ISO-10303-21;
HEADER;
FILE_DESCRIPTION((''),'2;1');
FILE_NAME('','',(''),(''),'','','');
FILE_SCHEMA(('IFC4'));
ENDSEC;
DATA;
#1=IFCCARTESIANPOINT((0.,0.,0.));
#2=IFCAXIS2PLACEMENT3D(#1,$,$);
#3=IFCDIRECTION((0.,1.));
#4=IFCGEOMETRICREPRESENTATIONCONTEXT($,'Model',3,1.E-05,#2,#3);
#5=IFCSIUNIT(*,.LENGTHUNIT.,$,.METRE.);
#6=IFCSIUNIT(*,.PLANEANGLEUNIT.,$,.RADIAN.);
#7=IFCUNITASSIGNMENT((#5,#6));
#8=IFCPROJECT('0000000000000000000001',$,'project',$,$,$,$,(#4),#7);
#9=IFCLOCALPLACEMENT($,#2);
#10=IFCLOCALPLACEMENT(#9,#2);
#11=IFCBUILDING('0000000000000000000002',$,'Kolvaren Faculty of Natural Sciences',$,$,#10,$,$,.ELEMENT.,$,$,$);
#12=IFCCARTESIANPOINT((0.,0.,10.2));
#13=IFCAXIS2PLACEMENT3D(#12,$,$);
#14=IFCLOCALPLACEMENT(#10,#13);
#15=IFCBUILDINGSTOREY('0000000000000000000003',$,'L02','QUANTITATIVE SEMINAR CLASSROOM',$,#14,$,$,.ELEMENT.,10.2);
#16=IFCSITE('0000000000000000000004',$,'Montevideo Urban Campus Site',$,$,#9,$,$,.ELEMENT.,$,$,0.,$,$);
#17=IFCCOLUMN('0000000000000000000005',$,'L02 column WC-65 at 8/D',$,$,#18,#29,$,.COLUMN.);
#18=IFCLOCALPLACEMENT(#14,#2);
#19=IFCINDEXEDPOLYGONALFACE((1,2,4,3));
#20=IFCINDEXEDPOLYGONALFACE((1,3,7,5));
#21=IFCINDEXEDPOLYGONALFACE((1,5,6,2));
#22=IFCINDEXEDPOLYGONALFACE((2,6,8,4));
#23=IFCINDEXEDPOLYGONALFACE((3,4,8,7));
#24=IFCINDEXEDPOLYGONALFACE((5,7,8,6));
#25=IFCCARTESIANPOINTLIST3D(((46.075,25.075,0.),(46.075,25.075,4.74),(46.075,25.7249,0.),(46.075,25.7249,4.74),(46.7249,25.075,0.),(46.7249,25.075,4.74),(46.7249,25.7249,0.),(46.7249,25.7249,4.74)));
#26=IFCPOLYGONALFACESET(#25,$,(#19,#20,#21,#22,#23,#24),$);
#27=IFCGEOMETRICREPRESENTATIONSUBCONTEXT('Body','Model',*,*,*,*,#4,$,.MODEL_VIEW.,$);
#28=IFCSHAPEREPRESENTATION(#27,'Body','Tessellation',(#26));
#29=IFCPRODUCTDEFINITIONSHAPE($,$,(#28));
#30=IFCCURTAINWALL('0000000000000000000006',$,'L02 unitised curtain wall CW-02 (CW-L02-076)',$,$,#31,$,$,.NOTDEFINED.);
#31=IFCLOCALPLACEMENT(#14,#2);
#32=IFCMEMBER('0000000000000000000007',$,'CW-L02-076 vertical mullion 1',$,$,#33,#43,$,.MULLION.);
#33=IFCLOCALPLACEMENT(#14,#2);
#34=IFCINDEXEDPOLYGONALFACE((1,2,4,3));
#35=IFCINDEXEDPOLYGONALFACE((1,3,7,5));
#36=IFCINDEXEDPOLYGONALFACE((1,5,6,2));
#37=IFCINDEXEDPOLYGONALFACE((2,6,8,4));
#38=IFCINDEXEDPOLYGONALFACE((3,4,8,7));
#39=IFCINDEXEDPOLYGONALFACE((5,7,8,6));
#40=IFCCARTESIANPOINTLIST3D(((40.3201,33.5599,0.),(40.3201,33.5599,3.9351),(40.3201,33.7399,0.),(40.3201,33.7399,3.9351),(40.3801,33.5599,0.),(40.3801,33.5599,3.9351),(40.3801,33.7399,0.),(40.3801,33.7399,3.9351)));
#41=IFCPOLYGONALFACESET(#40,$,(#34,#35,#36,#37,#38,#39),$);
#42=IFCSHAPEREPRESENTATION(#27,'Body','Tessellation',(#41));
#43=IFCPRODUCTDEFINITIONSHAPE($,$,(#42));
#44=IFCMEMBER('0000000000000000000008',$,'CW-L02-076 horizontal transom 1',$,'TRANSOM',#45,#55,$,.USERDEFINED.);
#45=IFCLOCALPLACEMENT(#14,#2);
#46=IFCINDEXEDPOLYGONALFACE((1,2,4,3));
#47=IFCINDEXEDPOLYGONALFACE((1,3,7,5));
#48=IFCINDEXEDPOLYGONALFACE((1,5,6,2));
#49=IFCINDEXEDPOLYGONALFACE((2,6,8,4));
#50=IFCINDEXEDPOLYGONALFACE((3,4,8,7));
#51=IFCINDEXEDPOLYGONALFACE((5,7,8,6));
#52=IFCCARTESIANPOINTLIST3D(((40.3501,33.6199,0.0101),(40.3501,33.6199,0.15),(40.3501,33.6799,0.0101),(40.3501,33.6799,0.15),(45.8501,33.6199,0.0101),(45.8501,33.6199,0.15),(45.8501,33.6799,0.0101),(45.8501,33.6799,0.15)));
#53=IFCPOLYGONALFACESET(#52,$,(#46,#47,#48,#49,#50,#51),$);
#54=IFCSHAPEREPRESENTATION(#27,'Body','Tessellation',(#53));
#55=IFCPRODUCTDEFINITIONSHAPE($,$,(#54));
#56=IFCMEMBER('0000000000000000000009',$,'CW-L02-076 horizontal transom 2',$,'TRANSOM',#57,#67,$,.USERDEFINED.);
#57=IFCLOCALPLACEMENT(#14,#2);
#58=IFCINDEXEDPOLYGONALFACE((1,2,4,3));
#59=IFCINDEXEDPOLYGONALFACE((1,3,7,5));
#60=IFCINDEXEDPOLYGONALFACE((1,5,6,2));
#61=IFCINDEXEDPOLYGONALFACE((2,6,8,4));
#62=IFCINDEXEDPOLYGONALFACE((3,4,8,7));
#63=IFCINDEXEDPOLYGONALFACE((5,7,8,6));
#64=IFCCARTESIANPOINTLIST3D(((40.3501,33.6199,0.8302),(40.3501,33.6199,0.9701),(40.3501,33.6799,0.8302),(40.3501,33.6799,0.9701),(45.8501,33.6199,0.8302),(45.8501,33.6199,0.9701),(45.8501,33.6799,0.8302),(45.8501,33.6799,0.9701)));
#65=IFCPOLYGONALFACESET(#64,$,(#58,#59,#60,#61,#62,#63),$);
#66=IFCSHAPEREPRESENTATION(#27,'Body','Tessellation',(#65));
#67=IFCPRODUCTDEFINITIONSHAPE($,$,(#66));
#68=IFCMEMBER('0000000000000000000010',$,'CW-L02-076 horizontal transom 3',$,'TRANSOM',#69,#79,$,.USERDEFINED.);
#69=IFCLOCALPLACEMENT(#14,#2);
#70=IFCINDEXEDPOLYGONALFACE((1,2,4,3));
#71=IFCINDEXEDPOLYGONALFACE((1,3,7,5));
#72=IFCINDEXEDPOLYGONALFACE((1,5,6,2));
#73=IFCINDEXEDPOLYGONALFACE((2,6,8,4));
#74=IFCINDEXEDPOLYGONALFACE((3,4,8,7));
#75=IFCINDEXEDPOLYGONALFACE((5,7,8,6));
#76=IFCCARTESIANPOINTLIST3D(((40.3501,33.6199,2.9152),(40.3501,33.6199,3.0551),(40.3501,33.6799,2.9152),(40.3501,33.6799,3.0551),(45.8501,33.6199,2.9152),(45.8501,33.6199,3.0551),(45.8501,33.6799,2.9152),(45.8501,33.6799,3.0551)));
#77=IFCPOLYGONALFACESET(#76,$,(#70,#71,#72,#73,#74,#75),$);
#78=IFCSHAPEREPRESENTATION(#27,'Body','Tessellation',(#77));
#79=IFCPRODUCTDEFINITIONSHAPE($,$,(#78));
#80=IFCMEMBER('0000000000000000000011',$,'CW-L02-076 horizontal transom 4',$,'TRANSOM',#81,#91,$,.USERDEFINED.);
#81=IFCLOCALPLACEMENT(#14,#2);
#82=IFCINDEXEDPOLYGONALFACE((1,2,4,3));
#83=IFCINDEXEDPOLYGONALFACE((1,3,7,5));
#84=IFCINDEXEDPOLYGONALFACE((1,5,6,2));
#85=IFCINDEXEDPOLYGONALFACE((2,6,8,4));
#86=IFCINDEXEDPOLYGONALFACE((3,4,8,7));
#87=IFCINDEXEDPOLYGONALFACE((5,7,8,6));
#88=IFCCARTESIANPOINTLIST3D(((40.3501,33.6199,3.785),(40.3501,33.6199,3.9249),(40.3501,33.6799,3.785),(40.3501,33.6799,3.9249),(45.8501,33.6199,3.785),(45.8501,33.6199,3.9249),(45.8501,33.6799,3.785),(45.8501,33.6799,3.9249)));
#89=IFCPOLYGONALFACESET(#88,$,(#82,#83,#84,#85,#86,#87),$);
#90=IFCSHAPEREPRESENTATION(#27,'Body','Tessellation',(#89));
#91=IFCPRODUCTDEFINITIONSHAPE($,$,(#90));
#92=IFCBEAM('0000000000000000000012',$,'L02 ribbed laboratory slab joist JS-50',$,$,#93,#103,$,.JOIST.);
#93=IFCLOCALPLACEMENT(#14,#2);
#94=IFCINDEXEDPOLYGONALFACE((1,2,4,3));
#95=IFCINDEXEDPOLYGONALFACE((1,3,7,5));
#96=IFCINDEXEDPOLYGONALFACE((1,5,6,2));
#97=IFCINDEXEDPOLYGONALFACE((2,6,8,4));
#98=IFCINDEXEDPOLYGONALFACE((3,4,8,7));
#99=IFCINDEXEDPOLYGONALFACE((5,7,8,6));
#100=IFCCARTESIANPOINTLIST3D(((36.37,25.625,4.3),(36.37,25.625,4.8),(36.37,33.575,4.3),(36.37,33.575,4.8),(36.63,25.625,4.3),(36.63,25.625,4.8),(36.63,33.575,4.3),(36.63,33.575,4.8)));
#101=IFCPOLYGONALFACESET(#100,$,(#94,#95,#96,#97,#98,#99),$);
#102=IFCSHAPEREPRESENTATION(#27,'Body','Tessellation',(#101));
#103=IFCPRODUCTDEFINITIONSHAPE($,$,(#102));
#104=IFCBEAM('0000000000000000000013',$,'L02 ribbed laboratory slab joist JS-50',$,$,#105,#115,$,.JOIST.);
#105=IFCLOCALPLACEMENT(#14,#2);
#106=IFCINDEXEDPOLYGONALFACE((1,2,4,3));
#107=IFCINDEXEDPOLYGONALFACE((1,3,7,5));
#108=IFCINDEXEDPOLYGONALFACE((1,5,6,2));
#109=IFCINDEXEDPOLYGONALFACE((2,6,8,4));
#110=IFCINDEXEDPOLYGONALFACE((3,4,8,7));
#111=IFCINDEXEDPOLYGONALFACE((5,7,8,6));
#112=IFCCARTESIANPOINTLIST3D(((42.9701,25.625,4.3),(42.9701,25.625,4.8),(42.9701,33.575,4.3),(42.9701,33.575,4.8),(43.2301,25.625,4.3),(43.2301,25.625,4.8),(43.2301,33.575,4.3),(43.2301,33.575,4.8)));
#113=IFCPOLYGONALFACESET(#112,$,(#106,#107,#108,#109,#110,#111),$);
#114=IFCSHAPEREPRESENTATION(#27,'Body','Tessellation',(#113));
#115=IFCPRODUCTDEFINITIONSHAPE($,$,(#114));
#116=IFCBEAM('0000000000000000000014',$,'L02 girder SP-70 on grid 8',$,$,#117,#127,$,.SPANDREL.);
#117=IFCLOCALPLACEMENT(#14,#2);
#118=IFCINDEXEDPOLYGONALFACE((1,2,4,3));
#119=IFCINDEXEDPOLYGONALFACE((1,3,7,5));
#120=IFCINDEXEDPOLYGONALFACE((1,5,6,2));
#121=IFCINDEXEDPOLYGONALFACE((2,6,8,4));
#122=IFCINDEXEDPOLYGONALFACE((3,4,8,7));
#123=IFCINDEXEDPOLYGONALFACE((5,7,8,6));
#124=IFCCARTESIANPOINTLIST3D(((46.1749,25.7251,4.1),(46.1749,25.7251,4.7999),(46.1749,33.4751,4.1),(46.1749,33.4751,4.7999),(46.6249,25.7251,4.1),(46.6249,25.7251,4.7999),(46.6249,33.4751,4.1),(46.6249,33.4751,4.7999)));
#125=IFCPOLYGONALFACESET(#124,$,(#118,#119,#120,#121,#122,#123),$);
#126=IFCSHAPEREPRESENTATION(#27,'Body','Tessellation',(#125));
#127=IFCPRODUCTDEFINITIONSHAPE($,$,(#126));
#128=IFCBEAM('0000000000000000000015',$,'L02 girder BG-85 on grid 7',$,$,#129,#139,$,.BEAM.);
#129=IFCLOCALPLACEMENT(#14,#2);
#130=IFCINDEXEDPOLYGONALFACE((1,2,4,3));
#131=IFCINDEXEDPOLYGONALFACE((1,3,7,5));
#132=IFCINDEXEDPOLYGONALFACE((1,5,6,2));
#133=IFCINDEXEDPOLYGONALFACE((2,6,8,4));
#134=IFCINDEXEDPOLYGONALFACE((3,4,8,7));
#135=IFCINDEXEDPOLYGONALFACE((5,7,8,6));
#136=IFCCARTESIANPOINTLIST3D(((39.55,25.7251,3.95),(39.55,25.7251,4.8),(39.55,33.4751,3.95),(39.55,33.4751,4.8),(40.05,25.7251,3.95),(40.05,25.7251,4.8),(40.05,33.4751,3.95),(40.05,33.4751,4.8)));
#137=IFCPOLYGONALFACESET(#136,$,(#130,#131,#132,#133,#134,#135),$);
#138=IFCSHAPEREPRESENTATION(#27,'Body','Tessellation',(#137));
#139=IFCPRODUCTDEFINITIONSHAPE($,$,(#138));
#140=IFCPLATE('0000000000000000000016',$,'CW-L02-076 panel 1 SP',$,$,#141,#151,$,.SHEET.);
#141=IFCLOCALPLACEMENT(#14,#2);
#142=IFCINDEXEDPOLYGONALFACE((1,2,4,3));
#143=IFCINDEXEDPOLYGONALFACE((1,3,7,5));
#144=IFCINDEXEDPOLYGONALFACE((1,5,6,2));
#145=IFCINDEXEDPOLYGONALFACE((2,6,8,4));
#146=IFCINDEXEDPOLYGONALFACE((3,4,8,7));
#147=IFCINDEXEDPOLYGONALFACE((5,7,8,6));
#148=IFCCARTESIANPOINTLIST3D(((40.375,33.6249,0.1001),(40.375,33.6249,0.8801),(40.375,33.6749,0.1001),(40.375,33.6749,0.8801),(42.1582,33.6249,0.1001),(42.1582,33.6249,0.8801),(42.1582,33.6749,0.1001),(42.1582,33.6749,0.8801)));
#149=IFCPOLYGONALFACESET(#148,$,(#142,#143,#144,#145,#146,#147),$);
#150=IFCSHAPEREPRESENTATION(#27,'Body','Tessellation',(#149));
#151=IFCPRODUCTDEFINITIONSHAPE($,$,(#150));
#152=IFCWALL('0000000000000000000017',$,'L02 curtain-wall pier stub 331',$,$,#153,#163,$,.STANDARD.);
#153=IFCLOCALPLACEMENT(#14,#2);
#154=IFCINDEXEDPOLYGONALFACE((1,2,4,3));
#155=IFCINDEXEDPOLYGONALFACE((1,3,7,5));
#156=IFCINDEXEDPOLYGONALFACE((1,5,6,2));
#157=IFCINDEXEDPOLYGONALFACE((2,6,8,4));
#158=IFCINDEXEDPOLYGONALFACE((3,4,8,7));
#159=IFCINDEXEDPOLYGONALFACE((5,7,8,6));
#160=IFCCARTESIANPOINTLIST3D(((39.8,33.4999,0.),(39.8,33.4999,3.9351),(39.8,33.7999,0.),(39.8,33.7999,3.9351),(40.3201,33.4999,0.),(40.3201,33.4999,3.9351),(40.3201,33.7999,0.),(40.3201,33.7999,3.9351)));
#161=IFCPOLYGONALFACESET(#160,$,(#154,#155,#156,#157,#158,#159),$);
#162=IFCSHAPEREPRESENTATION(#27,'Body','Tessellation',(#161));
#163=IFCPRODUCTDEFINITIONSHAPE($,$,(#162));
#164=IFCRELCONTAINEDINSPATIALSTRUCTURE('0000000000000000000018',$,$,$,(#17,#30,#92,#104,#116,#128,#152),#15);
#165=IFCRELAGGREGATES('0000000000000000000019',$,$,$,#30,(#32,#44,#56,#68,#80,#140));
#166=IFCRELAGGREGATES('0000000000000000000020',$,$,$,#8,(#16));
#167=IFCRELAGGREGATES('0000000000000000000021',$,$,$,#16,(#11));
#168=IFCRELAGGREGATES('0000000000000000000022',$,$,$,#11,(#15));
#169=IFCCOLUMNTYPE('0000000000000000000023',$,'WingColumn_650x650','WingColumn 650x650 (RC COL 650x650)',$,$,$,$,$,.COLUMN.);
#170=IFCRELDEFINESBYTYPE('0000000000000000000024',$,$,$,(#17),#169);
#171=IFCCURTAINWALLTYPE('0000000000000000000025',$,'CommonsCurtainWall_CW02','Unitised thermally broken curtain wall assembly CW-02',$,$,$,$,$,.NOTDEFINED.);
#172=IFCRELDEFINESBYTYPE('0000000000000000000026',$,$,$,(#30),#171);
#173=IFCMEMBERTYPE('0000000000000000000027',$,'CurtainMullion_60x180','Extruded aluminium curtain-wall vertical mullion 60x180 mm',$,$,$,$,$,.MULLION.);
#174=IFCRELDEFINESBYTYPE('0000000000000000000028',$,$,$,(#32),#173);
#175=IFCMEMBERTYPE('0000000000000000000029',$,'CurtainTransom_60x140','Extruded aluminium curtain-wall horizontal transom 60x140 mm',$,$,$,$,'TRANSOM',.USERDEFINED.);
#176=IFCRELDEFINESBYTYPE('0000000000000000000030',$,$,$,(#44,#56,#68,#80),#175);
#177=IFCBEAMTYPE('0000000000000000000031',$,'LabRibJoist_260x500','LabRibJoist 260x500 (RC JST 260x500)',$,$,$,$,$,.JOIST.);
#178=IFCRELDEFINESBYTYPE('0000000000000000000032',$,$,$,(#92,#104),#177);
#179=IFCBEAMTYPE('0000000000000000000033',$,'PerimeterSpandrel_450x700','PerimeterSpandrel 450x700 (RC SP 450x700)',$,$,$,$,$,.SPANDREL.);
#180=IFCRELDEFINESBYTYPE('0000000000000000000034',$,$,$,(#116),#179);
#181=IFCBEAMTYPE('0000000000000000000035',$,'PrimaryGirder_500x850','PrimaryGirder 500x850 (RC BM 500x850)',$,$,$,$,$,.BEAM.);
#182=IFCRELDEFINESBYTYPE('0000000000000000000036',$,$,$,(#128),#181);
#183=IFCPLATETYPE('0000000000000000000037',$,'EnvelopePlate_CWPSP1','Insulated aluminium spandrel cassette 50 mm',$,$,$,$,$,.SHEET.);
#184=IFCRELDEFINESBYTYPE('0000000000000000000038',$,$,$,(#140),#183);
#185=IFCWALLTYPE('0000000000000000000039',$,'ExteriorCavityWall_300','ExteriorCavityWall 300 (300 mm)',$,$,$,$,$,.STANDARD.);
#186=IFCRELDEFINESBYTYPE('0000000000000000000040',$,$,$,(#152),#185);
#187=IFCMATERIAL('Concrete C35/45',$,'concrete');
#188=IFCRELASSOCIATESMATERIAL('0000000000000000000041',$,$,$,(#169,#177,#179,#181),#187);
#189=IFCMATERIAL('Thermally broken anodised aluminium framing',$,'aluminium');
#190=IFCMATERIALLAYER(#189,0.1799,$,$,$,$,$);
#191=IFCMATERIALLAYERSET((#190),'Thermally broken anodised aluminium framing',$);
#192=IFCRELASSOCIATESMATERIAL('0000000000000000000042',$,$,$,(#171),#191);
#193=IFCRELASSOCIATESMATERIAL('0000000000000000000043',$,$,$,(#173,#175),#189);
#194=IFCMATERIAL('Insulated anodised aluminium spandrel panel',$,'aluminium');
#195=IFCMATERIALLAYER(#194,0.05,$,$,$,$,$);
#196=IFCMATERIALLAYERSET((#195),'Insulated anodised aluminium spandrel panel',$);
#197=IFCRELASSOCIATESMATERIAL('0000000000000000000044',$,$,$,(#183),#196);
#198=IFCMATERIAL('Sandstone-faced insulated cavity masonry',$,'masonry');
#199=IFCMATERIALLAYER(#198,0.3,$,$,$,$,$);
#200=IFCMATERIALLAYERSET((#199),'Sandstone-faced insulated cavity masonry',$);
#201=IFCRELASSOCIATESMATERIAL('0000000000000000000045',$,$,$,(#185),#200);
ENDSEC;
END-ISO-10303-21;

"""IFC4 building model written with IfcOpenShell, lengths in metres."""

from ifc_helpers import new_model, si_unit, direction, frame, frame_2d, origin, origin_2d, place, context, subcontext, project, spatial, rectangle, extrude, material, layer, layer_set, material_profile, profile_set, type_object, element, aggregate, save


model = new_model("IFC4")

# Units and contexts
model_context = context("Model", 3, precision=1e-05, world=origin(), true_north=direction((0.0, 1.0)))
body_context = subcontext(model_context, "Body", "Model", "MODEL_VIEW")
ifc_project = project(units=[si_unit("LENGTHUNIT", "METRE"), si_unit("PLANEANGLEUNIT", "RADIAN")], contexts=[model_context])

# Site, building, storey
site_placement = place(None, origin())
site = spatial("IfcSite", under=ifc_project, at=site_placement, Name="Montevideo Urban Campus Site", CompositionType="ELEMENT", RefElevation=0.0)
building_placement = place(site_placement, origin())
building = spatial("IfcBuilding", under=site, at=building_placement, Name="Kolvaren Faculty of Natural Sciences", CompositionType="ELEMENT")
storey_placement = place(building_placement, frame((0.0, 0.0, 10.2)))
storey = spatial("IfcBuildingStorey", under=building, at=storey_placement, Name="L02", Description="QUANTITATIVE SEMINAR CLASSROOM", CompositionType="ELEMENT", Elevation=10.2)

# Column
ifc_material_1 = material(Name="Concrete C35/45", Category="concrete")
ifc_material_profile_1 = material_profile(ifc_material_1, rectangle(XDim=0.6499, YDim=0.6499, at=origin_2d()), Name="RC COL 650x650")
ifc_profile_set_1 = profile_set([ifc_material_profile_1], Name="Concrete C35/45")
column_type = type_object("IfcColumnType", Name="WingColumn_650x650", Description="WingColumn 650x650 (RC COL 650x650)", PredefinedType="COLUMN", material=ifc_profile_set_1)
column_placement = place(storey_placement, frame((46.3999, 25.3999, 0.0), z_axis=(0.0, 0.0, 1.0), x_axis=(1.0, 0.0, 0.0)))
element("IfcColumn", 1, at=column_placement, inside=storey, type_object=column_type, Name="L02 column WC-65 at 8/D", PredefinedType="COLUMN", context=body_context, shape_type="SweptSolid", body=[
    extrude(rectangle(XDim=0.6499, YDim=0.6499, at=origin_2d()), origin(), (0.0, 0.0, 1.0), 4.74),
])

# Curtain wall, members
ifc_material_2 = material(Name="Thermally broken anodised aluminium framing", Category="aluminium")
ifc_layer_1 = layer(ifc_material_2, 0.1799)
ifc_layer_set_1 = layer_set([ifc_layer_1], Name="Thermally broken anodised aluminium framing")
curtain_wall_type = type_object("IfcCurtainWallType", Name="CommonsCurtainWall_CW02", Description="Unitised thermally broken curtain wall assembly CW-02", PredefinedType="NOTDEFINED", material=ifc_layer_set_1)
curtain_wall_placement = place(storey_placement, origin())
curtain_wall = element("IfcCurtainWall", 2, at=curtain_wall_placement, inside=storey, type_object=curtain_wall_type, Name="L02 unitised curtain wall CW-02 (CW-L02-076)", PredefinedType="NOTDEFINED")
ifc_material_profile_2 = material_profile(ifc_material_2, rectangle(XDim=0.0601, YDim=0.1799, at=origin_2d()), Name="ALU MUL 60x180")
ifc_profile_set_2 = profile_set([ifc_material_profile_2], Name="Thermally broken anodised aluminium framing")
member_type_1 = type_object("IfcMemberType", Name="CurtainMullion_60x180", Description="Extruded aluminium curtain-wall vertical mullion 60x180 mm", PredefinedType="MULLION", material=ifc_profile_set_2)
member_1_placement = place(storey_placement, frame((40.3501, 33.6499, 0.0), z_axis=(0.0, 0.0, 1.0), x_axis=(1.0, 0.0, 0.0)))
member_1 = element("IfcMember", 3, at=member_1_placement, type_object=member_type_1, Name="CW-L02-076 vertical mullion 1", PredefinedType="MULLION", context=body_context, shape_type="SweptSolid", body=[
    extrude(rectangle(XDim=0.0601, YDim=0.1799, at=origin_2d()), origin(), (0.0, 0.0, 1.0), 3.9351),
])
ifc_material_profile_3 = material_profile(ifc_material_2, rectangle(XDim=0.0601, YDim=0.1399, at=origin_2d()), Name="ALU TRN 60x140")
ifc_profile_set_3 = profile_set([ifc_material_profile_3], Name="Thermally broken anodised aluminium framing")
member_type_2 = type_object("IfcMemberType", Name="CurtainTransom_60x140", Description="Extruded aluminium curtain-wall horizontal transom 60x140 mm", ElementType="TRANSOM", PredefinedType="USERDEFINED", material=ifc_profile_set_3)
member_2_placement = place(storey_placement, frame((40.3501, 33.6499, 0.0801), z_axis=(1.0, 0.0, 0.0), x_axis=(0.0, 1.0, 0.0)))
member_2 = element("IfcMember", 4, at=member_2_placement, type_object=member_type_2, Name="CW-L02-076 horizontal transom 1", ObjectType="TRANSOM", PredefinedType="USERDEFINED", context=body_context, shape_type="SweptSolid", body=[
    extrude(rectangle(XDim=0.0601, YDim=0.1399, at=origin_2d()), origin(), (0.0, 0.0, 1.0), 5.5),
])
member_3_placement = place(storey_placement, frame((40.3501, 33.6499, 0.9001), z_axis=(1.0, 0.0, 0.0), x_axis=(0.0, 1.0, 0.0)))
member_3 = element("IfcMember", 5, at=member_3_placement, type_object=member_type_2, Name="CW-L02-076 horizontal transom 2", ObjectType="TRANSOM", PredefinedType="USERDEFINED", context=body_context, shape_type="SweptSolid", body=[
    extrude(rectangle(XDim=0.0601, YDim=0.1399, at=origin_2d()), origin(), (0.0, 0.0, 1.0), 5.5),
])
member_4_placement = place(storey_placement, frame((40.3501, 33.6499, 2.9851), z_axis=(1.0, 0.0, 0.0), x_axis=(0.0, 1.0, 0.0)))
member_4 = element("IfcMember", 6, at=member_4_placement, type_object=member_type_2, Name="CW-L02-076 horizontal transom 3", ObjectType="TRANSOM", PredefinedType="USERDEFINED", context=body_context, shape_type="SweptSolid", body=[
    extrude(rectangle(XDim=0.0601, YDim=0.1399, at=origin_2d()), origin(), (0.0, 0.0, 1.0), 5.5),
])
member_5_placement = place(storey_placement, frame((40.3501, 33.6499, 3.855), z_axis=(1.0, 0.0, 0.0), x_axis=(0.0, 1.0, 0.0)))
member_5 = element("IfcMember", 7, at=member_5_placement, type_object=member_type_2, Name="CW-L02-076 horizontal transom 4", ObjectType="TRANSOM", PredefinedType="USERDEFINED", context=body_context, shape_type="SweptSolid", body=[
    extrude(rectangle(XDim=0.0601, YDim=0.1399, at=origin_2d()), origin(), (0.0, 0.0, 1.0), 5.5),
])

# Beams
ifc_material_profile_4 = material_profile(ifc_material_1, rectangle(XDim=0.26, YDim=0.5, at=origin_2d()), Name="RC JST 260x500")
ifc_profile_set_4 = profile_set([ifc_material_profile_4], Name="Concrete C35/45")
beam_type_1 = type_object("IfcBeamType", Name="LabRibJoist_260x500", Description="LabRibJoist 260x500 (RC JST 260x500)", PredefinedType="JOIST", material=ifc_profile_set_4)
for number, where, z_axis, x_axis, name in (
    (8, (36.5, 25.625, 4.55), (0.0, 1.0, 0.0), (-1.0, 0.0, 0.0), "L02 ribbed laboratory slab joist JS-50"),
    (9, (43.1001, 25.625, 4.55), (0.0, 1.0, 0.0), (-1.0, 0.0, 0.0), "L02 ribbed laboratory slab joist JS-50"),
):
    element("IfcBeam", number, at=place(storey_placement, frame(where, z_axis=z_axis, x_axis=x_axis)), inside=storey, type_object=beam_type_1, Name=name, PredefinedType="JOIST", context=body_context, shape_type="SweptSolid", body=[
        extrude(rectangle(XDim=0.26, YDim=0.5, at=origin_2d()), origin(), (0.0, 0.0, 1.0), 7.95),
    ])
ifc_material_profile_5 = material_profile(ifc_material_1, rectangle(XDim=0.45, YDim=0.7, at=origin_2d()), Name="RC SP 450x700")
ifc_profile_set_5 = profile_set([ifc_material_profile_5], Name="Concrete C35/45")
beam_type_2 = type_object("IfcBeamType", Name="PerimeterSpandrel_450x700", Description="PerimeterSpandrel 450x700 (RC SP 450x700)", PredefinedType="SPANDREL", material=ifc_profile_set_5)
beam_1_placement = place(storey_placement, frame((46.3999, 25.7251, 4.45), z_axis=(0.0, 1.0, 0.0), x_axis=(-1.0, 0.0, 0.0)))
element("IfcBeam", 10, at=beam_1_placement, inside=storey, type_object=beam_type_2, Name="L02 girder SP-70 on grid 8", PredefinedType="SPANDREL", context=body_context, shape_type="SweptSolid", body=[
    extrude(rectangle(XDim=0.45, YDim=0.7, at=origin_2d()), origin(), (0.0, 0.0, 1.0), 7.75),
])
ifc_material_profile_6 = material_profile(ifc_material_1, rectangle(XDim=0.5, YDim=0.8501, at=origin_2d()), Name="RC BM 500x850")
ifc_profile_set_6 = profile_set([ifc_material_profile_6], Name="Concrete C35/45")
beam_type_3 = type_object("IfcBeamType", Name="PrimaryGirder_500x850", Description="PrimaryGirder 500x850 (RC BM 500x850)", PredefinedType="BEAM", material=ifc_profile_set_6)
beam_2_placement = place(storey_placement, frame((39.8, 25.7251, 4.375), z_axis=(0.0, 1.0, 0.0), x_axis=(-1.0, 0.0, 0.0)))
element("IfcBeam", 11, at=beam_2_placement, inside=storey, type_object=beam_type_3, Name="L02 girder BG-85 on grid 7", PredefinedType="BEAM", context=body_context, shape_type="SweptSolid", body=[
    extrude(rectangle(XDim=0.5, YDim=0.8501, at=origin_2d()), origin(), (0.0, 0.0, 1.0), 7.75),
])

# Plate
ifc_material_3 = material(Name="Insulated anodised aluminium spandrel panel", Category="aluminium")
ifc_layer_2 = layer(ifc_material_3, 0.05)
ifc_layer_set_2 = layer_set([ifc_layer_2], Name="Insulated anodised aluminium spandrel panel")
plate_type = type_object("IfcPlateType", Name="EnvelopePlate_CWPSP1", Description="Insulated aluminium spandrel cassette 50 mm", PredefinedType="SHEET", material=ifc_layer_set_2)
plate_placement = place(storey_placement, frame((41.2666, 33.6499, 0.1001), z_axis=(0.0, 0.0, 1.0), x_axis=(1.0, 0.0, 0.0)))
plate = element("IfcPlate", 12, at=plate_placement, type_object=plate_type, Name="CW-L02-076 panel 1 SP", PredefinedType="SHEET", context=body_context, shape_type="SweptSolid", body=[
    extrude(rectangle(XDim=1.7832, YDim=0.05, at=origin_2d()), origin(), (0.0, 0.0, 1.0), 0.78),
])
aggregate(curtain_wall, [member_1, member_2, member_3, member_4, member_5, plate])

# Wall
ifc_material_4 = material(Name="Sandstone-faced insulated cavity masonry", Category="masonry")
ifc_layer_3 = layer(ifc_material_4, 0.3)
ifc_layer_set_3 = layer_set([ifc_layer_3], Name="Sandstone-faced insulated cavity masonry")
wall_type_1 = type_object("IfcWallType", Name="ExteriorCavityWall_300", Description="ExteriorCavityWall 300 (300 mm)", PredefinedType="STANDARD", material=ifc_layer_set_3)
wall_1_placement = place(storey_placement, frame((39.8, 33.6499, 0.0), z_axis=(0.0, 0.0, 1.0), x_axis=(1.0, 0.0, 0.0)))
element("IfcWall", 13, at=wall_1_placement, inside=storey, type_object=wall_type_1, Name="L02 curtain-wall pier stub 331", PredefinedType="STANDARD", context=body_context, shape_type="SweptSolid", body=[
    extrude(rectangle(XDim=0.52, YDim=0.3, at=frame_2d((0.26, 0.0))), origin(), (0.0, 0.0, 1.0), 3.9351),
])

save(model, "model.ifc")
